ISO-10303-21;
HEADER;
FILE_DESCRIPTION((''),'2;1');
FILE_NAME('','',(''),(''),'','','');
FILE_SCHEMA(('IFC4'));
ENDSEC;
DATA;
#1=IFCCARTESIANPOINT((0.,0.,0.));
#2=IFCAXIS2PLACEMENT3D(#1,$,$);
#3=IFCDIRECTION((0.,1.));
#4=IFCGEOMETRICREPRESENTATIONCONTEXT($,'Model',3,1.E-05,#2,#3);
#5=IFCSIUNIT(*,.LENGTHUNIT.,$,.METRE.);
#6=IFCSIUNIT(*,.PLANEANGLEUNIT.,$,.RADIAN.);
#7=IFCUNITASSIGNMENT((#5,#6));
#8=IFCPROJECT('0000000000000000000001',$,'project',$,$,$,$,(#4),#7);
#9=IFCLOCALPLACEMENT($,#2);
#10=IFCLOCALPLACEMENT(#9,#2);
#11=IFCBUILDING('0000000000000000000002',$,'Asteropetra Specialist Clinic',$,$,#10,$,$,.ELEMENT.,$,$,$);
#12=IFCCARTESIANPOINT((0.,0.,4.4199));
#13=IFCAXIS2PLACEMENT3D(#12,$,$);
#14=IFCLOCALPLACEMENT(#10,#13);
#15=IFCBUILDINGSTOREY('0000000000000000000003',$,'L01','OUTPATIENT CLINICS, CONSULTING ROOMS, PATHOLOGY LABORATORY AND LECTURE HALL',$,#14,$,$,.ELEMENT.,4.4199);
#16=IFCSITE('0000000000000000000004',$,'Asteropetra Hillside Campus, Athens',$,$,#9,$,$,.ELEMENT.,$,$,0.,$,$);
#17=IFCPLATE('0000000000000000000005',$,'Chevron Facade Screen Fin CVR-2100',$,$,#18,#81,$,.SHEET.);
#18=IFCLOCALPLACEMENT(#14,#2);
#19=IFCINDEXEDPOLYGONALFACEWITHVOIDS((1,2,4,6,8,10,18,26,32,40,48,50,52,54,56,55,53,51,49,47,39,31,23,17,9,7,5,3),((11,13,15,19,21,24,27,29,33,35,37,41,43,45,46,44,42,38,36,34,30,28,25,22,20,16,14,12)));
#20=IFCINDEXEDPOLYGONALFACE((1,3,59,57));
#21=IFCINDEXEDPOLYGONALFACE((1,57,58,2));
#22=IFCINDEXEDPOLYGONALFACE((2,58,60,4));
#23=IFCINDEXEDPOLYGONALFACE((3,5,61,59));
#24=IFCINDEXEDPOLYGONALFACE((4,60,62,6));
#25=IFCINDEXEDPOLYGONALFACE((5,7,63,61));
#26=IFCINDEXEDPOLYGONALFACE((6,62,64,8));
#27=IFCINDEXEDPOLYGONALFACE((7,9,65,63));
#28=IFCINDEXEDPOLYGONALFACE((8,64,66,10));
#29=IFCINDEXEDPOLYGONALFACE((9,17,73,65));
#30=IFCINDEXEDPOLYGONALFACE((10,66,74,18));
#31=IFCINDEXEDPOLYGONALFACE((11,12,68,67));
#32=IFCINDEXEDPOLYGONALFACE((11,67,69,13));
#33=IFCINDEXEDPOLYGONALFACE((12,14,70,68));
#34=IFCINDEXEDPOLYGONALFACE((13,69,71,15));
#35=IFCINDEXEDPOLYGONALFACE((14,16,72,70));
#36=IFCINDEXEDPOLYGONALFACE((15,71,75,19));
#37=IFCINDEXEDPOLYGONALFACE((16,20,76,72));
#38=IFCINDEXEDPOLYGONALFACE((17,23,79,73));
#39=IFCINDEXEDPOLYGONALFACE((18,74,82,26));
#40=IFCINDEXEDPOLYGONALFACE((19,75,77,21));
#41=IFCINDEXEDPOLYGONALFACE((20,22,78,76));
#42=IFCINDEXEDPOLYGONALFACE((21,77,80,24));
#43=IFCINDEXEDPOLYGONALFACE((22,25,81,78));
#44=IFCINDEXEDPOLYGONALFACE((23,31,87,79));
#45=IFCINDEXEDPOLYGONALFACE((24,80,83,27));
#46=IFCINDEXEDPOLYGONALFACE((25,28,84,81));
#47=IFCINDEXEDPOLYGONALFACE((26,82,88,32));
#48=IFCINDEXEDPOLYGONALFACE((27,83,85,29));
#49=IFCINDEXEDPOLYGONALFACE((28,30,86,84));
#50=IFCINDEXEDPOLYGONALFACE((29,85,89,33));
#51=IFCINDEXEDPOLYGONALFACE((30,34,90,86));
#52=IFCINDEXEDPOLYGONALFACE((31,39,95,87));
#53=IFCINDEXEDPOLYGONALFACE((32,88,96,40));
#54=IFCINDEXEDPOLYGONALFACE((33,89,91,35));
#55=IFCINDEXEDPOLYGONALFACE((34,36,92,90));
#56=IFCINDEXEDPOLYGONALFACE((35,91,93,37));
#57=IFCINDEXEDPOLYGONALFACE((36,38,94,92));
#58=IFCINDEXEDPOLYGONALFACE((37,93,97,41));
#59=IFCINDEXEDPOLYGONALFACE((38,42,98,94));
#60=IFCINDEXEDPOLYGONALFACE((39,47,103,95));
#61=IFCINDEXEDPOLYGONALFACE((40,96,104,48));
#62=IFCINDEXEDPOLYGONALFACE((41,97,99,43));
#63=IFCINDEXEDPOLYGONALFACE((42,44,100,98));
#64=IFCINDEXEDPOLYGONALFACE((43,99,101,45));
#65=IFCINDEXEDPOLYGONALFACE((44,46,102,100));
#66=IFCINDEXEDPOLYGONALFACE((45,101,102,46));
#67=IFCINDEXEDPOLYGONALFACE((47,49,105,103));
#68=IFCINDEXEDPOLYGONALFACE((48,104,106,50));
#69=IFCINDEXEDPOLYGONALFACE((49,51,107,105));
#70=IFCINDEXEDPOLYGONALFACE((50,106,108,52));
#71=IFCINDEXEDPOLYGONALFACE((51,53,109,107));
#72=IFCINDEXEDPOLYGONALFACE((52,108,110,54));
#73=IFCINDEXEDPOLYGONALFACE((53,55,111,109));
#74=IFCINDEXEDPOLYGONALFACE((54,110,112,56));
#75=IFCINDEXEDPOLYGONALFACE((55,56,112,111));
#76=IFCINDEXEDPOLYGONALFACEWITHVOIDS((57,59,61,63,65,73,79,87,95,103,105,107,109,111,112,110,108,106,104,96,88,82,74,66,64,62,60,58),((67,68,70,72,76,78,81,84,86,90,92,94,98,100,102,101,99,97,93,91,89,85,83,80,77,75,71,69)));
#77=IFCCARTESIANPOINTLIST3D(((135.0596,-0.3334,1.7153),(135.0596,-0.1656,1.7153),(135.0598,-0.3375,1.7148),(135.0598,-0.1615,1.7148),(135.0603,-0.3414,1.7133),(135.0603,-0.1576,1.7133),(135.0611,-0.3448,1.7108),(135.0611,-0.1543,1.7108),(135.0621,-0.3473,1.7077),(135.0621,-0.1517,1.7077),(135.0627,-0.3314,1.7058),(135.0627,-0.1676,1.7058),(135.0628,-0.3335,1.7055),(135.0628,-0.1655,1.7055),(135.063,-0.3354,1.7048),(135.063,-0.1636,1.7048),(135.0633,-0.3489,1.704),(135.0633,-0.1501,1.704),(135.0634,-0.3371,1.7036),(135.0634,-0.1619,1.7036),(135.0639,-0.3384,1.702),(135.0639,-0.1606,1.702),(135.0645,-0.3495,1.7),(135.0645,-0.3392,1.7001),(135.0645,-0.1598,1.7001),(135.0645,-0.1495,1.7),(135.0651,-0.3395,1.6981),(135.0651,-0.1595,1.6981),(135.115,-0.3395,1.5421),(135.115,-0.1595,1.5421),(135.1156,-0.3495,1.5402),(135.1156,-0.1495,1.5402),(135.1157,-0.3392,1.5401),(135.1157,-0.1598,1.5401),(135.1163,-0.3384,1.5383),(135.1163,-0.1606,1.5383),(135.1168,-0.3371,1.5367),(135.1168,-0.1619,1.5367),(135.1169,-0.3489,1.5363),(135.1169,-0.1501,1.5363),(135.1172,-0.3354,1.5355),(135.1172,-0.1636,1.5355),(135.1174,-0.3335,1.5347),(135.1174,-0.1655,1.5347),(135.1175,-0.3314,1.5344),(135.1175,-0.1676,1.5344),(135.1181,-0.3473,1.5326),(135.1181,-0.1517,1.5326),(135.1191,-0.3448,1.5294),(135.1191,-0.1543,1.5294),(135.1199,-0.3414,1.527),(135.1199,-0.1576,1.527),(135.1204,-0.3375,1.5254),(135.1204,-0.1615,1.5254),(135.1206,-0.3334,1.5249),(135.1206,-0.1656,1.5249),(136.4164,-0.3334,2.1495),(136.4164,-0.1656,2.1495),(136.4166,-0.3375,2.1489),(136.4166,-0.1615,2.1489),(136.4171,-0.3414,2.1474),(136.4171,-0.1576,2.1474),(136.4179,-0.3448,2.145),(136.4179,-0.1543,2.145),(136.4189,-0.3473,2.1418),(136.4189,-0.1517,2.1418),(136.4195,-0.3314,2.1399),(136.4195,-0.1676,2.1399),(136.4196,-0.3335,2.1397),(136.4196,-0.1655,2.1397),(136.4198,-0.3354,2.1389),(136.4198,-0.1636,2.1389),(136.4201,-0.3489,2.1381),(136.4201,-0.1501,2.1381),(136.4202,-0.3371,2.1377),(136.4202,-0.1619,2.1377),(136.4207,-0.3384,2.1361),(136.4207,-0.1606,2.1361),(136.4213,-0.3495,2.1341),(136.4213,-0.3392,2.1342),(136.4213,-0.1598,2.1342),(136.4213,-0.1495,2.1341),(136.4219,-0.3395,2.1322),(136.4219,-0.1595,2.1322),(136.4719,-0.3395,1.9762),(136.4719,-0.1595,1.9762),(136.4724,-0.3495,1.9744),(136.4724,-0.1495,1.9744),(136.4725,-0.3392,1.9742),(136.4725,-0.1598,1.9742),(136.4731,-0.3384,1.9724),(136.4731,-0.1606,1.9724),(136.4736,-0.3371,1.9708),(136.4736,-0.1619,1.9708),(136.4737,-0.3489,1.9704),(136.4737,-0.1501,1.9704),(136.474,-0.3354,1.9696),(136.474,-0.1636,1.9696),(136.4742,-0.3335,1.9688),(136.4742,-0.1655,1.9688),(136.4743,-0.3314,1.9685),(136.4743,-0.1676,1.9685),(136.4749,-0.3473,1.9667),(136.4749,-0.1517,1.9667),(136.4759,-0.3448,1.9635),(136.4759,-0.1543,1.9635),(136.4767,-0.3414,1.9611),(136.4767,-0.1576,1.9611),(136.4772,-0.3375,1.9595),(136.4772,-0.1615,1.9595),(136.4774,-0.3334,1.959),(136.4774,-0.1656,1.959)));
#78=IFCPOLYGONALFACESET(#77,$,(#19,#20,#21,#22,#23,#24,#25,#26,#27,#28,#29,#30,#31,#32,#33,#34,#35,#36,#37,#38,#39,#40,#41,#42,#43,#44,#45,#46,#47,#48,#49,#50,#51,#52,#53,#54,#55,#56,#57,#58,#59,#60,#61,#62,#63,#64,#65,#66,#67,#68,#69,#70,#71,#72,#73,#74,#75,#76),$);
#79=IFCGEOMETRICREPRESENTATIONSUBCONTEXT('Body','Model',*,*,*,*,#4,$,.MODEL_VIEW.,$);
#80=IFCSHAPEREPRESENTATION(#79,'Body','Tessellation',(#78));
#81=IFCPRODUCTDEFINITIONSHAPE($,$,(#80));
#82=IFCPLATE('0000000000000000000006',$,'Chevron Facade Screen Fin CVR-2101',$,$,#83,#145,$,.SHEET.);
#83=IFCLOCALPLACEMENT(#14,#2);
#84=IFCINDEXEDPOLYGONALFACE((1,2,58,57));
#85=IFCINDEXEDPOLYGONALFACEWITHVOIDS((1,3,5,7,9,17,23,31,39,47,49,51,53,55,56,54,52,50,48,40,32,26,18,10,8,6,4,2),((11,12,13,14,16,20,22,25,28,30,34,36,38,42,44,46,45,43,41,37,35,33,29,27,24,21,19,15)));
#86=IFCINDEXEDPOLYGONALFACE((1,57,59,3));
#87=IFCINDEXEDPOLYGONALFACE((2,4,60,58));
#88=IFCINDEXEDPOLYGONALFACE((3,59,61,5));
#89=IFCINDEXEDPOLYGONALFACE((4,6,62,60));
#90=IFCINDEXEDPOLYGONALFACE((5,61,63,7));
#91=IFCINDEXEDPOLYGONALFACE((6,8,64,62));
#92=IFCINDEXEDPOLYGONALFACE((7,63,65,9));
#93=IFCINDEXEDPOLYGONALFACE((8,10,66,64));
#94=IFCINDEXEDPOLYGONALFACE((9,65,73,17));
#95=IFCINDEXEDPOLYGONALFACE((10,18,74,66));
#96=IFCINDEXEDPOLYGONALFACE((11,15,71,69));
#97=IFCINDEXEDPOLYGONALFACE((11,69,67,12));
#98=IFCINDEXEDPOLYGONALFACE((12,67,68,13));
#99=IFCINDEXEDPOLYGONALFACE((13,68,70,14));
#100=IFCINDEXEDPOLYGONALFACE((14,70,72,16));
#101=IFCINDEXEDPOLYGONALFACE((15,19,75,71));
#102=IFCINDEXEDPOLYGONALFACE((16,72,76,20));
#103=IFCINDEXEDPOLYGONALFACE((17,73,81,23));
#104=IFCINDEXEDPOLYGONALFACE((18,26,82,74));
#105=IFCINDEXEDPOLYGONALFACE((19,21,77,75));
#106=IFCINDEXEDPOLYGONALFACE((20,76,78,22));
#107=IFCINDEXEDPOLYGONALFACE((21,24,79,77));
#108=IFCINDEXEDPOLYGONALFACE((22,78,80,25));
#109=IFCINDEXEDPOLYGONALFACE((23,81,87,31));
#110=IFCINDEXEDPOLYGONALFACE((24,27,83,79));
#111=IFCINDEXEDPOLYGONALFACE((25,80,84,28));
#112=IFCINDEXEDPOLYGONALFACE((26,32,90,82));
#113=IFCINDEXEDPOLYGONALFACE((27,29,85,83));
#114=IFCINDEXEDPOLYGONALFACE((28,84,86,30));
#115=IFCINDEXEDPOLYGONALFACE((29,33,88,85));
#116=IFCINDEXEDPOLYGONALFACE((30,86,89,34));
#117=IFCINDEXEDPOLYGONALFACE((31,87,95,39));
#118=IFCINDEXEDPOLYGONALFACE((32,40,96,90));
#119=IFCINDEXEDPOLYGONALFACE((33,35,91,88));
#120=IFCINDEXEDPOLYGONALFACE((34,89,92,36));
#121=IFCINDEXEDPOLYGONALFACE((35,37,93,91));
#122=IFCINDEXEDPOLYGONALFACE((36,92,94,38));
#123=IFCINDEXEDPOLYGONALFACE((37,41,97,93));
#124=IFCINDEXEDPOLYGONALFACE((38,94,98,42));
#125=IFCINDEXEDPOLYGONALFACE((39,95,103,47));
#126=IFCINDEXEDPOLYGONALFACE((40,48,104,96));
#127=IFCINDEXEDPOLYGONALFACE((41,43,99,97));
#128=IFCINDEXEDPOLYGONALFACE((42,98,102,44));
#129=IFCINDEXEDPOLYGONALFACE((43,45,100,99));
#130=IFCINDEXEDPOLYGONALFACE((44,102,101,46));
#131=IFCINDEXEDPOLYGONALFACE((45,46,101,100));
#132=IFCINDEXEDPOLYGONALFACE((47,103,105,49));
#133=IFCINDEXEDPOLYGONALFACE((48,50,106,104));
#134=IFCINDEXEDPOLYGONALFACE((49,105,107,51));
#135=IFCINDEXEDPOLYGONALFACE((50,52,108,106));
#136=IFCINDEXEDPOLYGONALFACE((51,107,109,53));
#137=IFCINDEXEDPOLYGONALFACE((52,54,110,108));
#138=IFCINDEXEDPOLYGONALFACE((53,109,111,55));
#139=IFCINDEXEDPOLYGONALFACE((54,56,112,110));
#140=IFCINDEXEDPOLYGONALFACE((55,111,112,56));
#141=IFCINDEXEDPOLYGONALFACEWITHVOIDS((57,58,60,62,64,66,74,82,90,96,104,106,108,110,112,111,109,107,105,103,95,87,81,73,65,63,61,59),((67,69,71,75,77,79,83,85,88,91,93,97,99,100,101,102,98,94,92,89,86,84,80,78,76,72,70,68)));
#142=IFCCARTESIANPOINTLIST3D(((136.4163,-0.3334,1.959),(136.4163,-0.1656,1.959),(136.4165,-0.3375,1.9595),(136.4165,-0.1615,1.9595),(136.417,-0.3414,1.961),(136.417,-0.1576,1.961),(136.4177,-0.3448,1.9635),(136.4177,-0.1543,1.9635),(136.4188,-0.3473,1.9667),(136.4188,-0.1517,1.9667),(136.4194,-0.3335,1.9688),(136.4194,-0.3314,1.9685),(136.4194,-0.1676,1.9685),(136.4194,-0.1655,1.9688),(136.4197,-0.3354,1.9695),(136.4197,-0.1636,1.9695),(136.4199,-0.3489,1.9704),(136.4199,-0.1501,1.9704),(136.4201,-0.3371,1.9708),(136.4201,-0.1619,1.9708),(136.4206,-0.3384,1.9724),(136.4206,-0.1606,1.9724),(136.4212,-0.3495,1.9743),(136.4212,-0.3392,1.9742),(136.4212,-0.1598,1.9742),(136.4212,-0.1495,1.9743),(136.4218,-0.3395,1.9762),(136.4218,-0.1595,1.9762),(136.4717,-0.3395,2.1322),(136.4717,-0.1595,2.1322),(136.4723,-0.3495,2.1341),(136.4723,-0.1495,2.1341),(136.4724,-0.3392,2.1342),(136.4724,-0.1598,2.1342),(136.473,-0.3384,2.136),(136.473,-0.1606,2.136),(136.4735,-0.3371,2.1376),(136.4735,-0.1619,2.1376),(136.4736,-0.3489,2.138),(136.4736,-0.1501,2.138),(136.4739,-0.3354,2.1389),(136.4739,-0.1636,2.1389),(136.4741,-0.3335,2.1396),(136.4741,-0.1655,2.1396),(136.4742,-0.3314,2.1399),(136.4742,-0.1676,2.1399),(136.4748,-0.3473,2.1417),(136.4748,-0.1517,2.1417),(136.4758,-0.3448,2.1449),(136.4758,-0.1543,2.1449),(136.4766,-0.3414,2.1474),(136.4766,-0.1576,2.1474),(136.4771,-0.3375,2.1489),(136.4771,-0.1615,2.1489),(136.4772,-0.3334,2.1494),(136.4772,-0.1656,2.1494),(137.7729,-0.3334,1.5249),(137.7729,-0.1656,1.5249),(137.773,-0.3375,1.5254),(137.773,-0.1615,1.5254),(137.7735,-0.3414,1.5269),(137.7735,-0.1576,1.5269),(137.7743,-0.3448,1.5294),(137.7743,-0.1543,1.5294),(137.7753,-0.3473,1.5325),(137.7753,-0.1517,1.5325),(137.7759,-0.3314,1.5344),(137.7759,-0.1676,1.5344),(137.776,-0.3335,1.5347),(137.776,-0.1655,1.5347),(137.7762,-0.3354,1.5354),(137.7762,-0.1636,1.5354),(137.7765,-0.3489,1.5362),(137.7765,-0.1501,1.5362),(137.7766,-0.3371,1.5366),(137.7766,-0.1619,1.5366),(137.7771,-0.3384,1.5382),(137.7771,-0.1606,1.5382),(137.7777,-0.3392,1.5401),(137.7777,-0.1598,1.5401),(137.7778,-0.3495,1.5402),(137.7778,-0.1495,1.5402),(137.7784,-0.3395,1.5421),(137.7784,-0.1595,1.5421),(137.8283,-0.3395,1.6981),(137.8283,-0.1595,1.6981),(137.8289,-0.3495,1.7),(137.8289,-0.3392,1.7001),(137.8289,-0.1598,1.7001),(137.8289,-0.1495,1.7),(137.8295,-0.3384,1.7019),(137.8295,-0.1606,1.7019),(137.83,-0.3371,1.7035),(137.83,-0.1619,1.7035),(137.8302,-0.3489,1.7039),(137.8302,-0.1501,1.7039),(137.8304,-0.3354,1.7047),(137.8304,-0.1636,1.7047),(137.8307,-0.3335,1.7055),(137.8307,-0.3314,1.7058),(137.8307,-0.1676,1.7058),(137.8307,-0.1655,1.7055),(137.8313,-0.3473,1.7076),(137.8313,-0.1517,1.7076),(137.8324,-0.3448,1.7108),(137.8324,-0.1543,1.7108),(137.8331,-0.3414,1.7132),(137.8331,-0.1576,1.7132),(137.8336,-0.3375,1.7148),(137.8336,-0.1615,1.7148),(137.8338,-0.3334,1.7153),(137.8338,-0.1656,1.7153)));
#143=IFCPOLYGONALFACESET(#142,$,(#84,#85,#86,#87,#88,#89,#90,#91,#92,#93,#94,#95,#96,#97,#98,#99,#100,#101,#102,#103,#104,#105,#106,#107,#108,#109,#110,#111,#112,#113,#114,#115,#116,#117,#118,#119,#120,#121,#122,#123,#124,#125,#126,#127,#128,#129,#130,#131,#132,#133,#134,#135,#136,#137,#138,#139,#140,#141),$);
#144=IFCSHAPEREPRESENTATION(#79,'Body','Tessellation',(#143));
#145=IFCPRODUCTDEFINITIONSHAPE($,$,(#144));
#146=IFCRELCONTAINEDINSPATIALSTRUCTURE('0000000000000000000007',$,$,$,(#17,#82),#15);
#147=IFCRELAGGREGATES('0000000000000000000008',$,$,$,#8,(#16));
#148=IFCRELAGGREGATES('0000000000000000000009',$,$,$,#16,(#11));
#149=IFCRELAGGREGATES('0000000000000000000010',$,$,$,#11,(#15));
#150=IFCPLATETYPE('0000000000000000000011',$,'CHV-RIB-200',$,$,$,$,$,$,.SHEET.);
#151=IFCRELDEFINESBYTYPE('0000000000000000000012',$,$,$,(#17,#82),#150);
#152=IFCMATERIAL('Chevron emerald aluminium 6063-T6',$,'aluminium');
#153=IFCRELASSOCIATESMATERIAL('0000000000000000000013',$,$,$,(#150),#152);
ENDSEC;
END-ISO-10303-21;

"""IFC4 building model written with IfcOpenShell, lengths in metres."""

from ifc_helpers import new_model, si_unit, direction, frame, origin, origin_2d, place, context, subcontext, project, spatial, hollow_rectangle, extrude, material, material_profile, profile_set, type_object, element, save


model = new_model("IFC4")

# Units and contexts
model_context = context("Model", 3, precision=1e-05, world=origin(), true_north=direction((0.0, 1.0)))
body_context = subcontext(model_context, "Body", "Model", "MODEL_VIEW")
ifc_project = project(units=[si_unit("LENGTHUNIT", "METRE"), si_unit("PLANEANGLEUNIT", "RADIAN")], contexts=[model_context])

# Site, building, storey
site_placement = place(None, origin())
site = spatial("IfcSite", under=ifc_project, at=site_placement, Name="Asteropetra Hillside Campus, Athens", CompositionType="ELEMENT", RefElevation=0.0)
building_placement = place(site_placement, origin())
building = spatial("IfcBuilding", under=site, at=building_placement, Name="Asteropetra Specialist Clinic", CompositionType="ELEMENT")
storey_placement = place(building_placement, frame((0.0, 0.0, 4.4199)))
storey = spatial("IfcBuildingStorey", under=building, at=storey_placement, Name="L01", Description="OUTPATIENT CLINICS, CONSULTING ROOMS, PATHOLOGY LABORATORY AND LECTURE HALL", CompositionType="ELEMENT", Elevation=4.4199)

# Plates
ifc_material_1 = material(Name="Chevron emerald aluminium 6063-T6", Category="aluminium")
ifc_material_profile_1 = material_profile(ifc_material_1, hollow_rectangle(XDim=0.2, YDim=0.2, WallThickness=0.01, InnerFilletRadius=0.0081, OuterFilletRadius=0.0161, at=origin_2d()), Name="SHS 200x200x10.0")
ifc_profile_set_1 = profile_set([ifc_material_profile_1], Name="Chevron emerald aluminium 6063-T6")
plate_type = type_object("IfcPlateType", Name="CHV-RIB-200", PredefinedType="SHEET", material=ifc_profile_set_1)
plate_1_placement = place(storey_placement, frame((135.0901, -0.2495, 1.6201), z_axis=(0.952436, 0.0, 0.304738), x_axis=(0.0, 1.0, 0.0)))
element("IfcPlate", 1, at=plate_1_placement, inside=storey, type_object=plate_type, Name="Chevron Facade Screen Fin CVR-2100", PredefinedType="SHEET", context=body_context, shape_type="SweptSolid", body=[
    extrude(hollow_rectangle(XDim=0.2, YDim=0.2, WallThickness=0.01, InnerFilletRadius=0.0081, OuterFilletRadius=0.0161, at=origin_2d()), origin(), (0.0, 0.0, 1.0), 1.4246),
])
plate_2_placement = place(storey_placement, frame((136.4468, -0.2495, 2.0542), z_axis=(0.95242, 0.0, -0.304788), x_axis=(0.0, 1.0, 0.0)))
element("IfcPlate", 2, at=plate_2_placement, inside=storey, type_object=plate_type, Name="Chevron Facade Screen Fin CVR-2101", PredefinedType="SHEET", context=body_context, shape_type="SweptSolid", body=[
    extrude(hollow_rectangle(XDim=0.2, YDim=0.2, WallThickness=0.01, InnerFilletRadius=0.0081, OuterFilletRadius=0.0161, at=origin_2d()), origin(), (0.0, 0.0, 1.0), 1.4243),
])

save(model, "model.ifc")
